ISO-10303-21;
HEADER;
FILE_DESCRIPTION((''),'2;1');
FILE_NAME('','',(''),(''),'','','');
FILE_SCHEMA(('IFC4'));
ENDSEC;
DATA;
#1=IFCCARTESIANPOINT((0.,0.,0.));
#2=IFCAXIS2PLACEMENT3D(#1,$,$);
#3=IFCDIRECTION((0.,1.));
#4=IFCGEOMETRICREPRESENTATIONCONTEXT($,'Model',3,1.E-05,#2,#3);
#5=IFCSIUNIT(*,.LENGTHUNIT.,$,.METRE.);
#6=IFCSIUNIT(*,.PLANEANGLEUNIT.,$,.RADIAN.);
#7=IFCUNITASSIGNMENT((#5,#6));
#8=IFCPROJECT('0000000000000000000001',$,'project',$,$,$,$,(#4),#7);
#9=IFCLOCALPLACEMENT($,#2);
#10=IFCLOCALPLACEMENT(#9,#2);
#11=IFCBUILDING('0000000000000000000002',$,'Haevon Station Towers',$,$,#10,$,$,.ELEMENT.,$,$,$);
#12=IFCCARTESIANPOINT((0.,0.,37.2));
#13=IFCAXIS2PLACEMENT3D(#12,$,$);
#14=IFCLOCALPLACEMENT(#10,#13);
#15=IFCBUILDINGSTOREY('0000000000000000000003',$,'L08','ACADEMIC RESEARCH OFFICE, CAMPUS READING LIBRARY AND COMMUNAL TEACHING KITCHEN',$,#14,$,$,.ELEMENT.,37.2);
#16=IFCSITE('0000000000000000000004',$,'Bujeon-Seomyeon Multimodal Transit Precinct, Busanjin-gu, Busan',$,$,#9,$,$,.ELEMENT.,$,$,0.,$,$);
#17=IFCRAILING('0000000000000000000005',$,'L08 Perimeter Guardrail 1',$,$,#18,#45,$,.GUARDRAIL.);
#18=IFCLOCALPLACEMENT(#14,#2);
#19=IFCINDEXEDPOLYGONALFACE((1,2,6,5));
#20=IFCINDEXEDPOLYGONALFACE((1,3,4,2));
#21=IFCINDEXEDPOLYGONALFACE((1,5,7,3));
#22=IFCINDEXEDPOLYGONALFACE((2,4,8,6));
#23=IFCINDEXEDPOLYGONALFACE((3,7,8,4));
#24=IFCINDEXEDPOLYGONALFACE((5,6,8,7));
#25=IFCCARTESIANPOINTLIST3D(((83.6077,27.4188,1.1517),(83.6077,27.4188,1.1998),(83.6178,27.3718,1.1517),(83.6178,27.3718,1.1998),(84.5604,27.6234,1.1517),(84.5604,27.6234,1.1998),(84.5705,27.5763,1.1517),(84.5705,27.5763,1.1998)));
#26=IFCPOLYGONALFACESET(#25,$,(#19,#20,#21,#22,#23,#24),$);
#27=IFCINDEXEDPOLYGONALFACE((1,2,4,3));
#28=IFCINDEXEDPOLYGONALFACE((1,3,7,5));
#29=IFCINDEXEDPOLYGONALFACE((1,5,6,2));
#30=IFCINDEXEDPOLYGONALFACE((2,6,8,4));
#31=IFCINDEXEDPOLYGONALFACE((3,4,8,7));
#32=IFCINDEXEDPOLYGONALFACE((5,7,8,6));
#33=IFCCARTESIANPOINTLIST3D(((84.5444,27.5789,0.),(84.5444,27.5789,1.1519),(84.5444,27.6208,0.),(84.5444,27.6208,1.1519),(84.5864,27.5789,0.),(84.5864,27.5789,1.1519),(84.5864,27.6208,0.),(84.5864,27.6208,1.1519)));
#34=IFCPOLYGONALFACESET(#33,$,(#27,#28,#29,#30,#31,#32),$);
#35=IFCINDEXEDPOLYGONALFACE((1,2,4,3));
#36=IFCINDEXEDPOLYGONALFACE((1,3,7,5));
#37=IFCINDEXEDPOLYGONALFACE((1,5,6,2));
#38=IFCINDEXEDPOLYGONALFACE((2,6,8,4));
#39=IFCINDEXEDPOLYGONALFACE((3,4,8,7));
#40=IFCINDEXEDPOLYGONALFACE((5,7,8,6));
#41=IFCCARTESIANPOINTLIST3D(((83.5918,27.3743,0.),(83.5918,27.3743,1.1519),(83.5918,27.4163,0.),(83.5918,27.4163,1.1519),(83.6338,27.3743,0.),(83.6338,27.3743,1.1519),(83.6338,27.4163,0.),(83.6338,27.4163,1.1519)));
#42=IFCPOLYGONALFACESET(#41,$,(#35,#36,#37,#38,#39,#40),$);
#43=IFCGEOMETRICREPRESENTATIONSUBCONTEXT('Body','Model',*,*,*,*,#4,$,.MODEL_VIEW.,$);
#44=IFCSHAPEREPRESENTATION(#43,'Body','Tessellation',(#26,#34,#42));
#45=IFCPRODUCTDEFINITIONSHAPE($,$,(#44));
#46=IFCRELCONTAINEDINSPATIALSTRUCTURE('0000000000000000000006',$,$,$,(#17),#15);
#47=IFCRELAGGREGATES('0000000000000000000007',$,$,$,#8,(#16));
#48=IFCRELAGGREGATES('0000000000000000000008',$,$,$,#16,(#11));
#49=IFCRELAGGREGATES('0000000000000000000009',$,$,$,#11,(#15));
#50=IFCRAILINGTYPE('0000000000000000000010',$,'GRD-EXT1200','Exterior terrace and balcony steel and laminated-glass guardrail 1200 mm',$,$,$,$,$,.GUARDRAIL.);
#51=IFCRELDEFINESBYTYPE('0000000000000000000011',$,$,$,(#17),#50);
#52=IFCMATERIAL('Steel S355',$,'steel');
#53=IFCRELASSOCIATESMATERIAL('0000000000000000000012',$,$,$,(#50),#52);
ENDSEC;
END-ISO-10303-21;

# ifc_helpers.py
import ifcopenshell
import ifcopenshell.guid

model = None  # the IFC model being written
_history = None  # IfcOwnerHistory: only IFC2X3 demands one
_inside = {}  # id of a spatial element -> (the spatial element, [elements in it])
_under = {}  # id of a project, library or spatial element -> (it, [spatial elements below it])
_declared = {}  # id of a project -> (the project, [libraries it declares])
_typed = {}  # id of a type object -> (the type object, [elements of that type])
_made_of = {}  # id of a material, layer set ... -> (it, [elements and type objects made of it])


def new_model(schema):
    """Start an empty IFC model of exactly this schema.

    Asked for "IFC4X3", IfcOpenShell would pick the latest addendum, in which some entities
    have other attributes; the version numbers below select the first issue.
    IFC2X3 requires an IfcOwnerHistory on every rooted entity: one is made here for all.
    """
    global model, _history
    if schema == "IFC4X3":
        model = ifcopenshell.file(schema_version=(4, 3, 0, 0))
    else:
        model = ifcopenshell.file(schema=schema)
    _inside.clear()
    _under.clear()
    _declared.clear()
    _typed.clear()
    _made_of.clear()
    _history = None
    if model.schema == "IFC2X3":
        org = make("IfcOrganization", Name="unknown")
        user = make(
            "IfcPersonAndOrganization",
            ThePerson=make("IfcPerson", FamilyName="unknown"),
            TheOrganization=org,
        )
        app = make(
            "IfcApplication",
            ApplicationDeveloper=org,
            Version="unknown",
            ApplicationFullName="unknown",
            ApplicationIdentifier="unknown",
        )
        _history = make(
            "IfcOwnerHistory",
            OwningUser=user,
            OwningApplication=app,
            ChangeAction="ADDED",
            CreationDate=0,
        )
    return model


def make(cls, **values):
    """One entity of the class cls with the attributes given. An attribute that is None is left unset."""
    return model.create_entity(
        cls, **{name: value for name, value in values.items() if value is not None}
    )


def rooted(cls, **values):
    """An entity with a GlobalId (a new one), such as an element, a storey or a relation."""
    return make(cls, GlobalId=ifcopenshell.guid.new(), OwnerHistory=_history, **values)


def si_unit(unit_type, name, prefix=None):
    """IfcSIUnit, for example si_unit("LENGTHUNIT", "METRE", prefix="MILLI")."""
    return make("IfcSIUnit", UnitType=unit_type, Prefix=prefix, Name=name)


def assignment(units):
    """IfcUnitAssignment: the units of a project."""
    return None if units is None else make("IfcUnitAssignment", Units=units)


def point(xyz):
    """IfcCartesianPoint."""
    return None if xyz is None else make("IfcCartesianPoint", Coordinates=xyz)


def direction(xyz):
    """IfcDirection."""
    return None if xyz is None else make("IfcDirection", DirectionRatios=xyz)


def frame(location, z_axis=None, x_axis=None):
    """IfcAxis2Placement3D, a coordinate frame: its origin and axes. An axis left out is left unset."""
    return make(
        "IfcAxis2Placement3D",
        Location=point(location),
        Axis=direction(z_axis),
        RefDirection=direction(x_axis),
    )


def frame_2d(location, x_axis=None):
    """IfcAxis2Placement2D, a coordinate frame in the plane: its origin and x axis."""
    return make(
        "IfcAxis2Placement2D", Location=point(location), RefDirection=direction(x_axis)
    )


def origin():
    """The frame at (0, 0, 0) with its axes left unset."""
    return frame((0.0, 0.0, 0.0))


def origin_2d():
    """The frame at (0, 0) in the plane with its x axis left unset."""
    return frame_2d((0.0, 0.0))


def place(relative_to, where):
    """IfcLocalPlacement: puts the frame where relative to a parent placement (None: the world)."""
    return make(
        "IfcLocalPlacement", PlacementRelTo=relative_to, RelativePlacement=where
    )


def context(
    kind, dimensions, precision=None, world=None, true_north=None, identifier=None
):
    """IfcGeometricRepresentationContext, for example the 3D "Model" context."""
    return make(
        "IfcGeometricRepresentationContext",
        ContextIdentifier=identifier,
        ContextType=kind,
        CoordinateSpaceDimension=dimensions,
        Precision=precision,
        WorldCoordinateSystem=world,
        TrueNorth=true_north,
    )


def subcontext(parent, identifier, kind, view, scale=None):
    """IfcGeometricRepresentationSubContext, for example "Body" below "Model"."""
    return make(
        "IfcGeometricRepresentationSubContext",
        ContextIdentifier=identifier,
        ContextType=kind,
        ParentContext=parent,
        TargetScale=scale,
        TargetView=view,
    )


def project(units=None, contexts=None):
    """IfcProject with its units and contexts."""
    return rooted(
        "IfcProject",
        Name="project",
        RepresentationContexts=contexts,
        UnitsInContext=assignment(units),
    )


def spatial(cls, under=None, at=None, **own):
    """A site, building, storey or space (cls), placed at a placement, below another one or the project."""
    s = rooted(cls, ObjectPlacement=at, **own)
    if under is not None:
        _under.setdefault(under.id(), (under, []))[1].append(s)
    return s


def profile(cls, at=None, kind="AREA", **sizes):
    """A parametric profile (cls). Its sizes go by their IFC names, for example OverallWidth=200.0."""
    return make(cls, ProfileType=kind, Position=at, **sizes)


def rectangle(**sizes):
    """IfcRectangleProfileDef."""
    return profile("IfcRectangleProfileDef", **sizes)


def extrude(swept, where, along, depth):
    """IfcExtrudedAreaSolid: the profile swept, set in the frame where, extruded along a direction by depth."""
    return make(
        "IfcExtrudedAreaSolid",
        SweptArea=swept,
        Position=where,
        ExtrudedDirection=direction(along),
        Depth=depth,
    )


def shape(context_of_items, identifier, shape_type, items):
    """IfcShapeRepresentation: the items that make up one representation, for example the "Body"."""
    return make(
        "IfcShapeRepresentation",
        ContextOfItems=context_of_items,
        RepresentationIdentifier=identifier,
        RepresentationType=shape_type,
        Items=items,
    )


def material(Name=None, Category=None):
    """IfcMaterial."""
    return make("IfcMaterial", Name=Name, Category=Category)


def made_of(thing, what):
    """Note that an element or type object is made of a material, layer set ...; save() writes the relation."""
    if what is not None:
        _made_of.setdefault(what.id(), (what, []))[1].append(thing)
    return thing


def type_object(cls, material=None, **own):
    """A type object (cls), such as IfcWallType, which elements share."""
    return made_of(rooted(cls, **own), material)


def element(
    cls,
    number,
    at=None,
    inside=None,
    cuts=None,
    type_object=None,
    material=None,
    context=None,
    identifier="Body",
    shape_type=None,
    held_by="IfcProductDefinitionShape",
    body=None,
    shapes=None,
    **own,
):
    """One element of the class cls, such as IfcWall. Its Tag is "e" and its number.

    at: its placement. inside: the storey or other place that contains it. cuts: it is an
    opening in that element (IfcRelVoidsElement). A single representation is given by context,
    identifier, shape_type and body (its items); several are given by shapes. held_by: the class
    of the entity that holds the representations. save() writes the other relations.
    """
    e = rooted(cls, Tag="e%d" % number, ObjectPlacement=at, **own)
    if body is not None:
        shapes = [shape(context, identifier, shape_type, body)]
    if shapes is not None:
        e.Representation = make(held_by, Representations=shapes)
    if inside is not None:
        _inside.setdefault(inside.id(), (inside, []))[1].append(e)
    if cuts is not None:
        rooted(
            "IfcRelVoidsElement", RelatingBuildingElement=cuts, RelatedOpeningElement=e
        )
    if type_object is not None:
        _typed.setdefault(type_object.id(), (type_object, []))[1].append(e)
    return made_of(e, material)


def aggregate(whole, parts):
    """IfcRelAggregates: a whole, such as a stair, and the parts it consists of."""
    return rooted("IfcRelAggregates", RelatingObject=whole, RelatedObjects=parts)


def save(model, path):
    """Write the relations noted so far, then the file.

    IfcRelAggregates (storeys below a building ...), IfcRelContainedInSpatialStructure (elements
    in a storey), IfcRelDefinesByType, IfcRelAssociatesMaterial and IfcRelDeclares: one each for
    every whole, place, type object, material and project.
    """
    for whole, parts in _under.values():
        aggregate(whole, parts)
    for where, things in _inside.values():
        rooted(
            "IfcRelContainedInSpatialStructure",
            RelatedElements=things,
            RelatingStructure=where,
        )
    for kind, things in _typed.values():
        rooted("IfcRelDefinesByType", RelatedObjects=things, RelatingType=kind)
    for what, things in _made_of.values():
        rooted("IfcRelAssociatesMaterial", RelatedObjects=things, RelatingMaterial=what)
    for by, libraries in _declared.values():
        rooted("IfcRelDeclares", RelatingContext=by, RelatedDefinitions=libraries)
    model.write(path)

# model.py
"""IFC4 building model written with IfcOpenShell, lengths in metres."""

from ifc_helpers import new_model, si_unit, direction, frame, origin, origin_2d, place, context, subcontext, project, spatial, rectangle, extrude, material, type_object, element, save


model = new_model("IFC4")

# Units and contexts
model_context = context("Model", 3, precision=1e-05, world=origin(), true_north=direction((0.0, 1.0)))
body_context = subcontext(model_context, "Body", "Model", "MODEL_VIEW")
ifc_project = project(units=[si_unit("LENGTHUNIT", "METRE"), si_unit("PLANEANGLEUNIT", "RADIAN")], contexts=[model_context])

# Site, building, storey
site_placement = place(None, origin())
site = spatial("IfcSite", under=ifc_project, at=site_placement, Name="Bujeon-Seomyeon Multimodal Transit Precinct, Busanjin-gu, Busan", CompositionType="ELEMENT", RefElevation=0.0)
building_placement = place(site_placement, origin())
building = spatial("IfcBuilding", under=site, at=building_placement, Name="Haevon Station Towers", CompositionType="ELEMENT")
storey_placement = place(building_placement, frame((0.0, 0.0, 37.2)))
storey = spatial("IfcBuildingStorey", under=building, at=storey_placement, Name="L08", Description="ACADEMIC RESEARCH OFFICE, CAMPUS READING LIBRARY AND COMMUNAL TEACHING KITCHEN", CompositionType="ELEMENT", Elevation=37.2)

# Shared definitions
ifc_material_1 = material(Name="Steel S355", Category="steel")

# Railing
railing_type = type_object("IfcRailingType", Name="GRD-EXT1200", Description="Exterior terrace and balcony steel and laminated-glass guardrail 1200 mm", PredefinedType="GUARDRAIL", material=ifc_material_1)
railing_placement = place(storey_placement, frame((84.5654, 27.5999, 0.0)))
element("IfcRailing", 1, at=railing_placement, inside=storey, type_object=railing_type, Name="L08 Perimeter Guardrail 1", PredefinedType="GUARDRAIL", context=body_context, shape_type="SweptSolid", body=[
    extrude(rectangle(XDim=0.0481, YDim=0.0481, at=origin_2d()), frame((0.0, 0.0, 1.1758), z_axis=(-0.977707, -0.209974, 0.0), x_axis=(0.209974, -0.977707, 0.0)), (0.0, 0.0, 1.0), 0.9744),
    extrude(rectangle(XDim=0.042, YDim=0.042, at=origin_2d()), origin(), (0.0, 0.0, 1.0), 1.1519),
    extrude(rectangle(XDim=0.042, YDim=0.042, at=origin_2d()), frame((-0.9526, -0.2046, 0.0)), (0.0, 0.0, 1.0), 1.1519),
])

save(model, "model.ifc")
